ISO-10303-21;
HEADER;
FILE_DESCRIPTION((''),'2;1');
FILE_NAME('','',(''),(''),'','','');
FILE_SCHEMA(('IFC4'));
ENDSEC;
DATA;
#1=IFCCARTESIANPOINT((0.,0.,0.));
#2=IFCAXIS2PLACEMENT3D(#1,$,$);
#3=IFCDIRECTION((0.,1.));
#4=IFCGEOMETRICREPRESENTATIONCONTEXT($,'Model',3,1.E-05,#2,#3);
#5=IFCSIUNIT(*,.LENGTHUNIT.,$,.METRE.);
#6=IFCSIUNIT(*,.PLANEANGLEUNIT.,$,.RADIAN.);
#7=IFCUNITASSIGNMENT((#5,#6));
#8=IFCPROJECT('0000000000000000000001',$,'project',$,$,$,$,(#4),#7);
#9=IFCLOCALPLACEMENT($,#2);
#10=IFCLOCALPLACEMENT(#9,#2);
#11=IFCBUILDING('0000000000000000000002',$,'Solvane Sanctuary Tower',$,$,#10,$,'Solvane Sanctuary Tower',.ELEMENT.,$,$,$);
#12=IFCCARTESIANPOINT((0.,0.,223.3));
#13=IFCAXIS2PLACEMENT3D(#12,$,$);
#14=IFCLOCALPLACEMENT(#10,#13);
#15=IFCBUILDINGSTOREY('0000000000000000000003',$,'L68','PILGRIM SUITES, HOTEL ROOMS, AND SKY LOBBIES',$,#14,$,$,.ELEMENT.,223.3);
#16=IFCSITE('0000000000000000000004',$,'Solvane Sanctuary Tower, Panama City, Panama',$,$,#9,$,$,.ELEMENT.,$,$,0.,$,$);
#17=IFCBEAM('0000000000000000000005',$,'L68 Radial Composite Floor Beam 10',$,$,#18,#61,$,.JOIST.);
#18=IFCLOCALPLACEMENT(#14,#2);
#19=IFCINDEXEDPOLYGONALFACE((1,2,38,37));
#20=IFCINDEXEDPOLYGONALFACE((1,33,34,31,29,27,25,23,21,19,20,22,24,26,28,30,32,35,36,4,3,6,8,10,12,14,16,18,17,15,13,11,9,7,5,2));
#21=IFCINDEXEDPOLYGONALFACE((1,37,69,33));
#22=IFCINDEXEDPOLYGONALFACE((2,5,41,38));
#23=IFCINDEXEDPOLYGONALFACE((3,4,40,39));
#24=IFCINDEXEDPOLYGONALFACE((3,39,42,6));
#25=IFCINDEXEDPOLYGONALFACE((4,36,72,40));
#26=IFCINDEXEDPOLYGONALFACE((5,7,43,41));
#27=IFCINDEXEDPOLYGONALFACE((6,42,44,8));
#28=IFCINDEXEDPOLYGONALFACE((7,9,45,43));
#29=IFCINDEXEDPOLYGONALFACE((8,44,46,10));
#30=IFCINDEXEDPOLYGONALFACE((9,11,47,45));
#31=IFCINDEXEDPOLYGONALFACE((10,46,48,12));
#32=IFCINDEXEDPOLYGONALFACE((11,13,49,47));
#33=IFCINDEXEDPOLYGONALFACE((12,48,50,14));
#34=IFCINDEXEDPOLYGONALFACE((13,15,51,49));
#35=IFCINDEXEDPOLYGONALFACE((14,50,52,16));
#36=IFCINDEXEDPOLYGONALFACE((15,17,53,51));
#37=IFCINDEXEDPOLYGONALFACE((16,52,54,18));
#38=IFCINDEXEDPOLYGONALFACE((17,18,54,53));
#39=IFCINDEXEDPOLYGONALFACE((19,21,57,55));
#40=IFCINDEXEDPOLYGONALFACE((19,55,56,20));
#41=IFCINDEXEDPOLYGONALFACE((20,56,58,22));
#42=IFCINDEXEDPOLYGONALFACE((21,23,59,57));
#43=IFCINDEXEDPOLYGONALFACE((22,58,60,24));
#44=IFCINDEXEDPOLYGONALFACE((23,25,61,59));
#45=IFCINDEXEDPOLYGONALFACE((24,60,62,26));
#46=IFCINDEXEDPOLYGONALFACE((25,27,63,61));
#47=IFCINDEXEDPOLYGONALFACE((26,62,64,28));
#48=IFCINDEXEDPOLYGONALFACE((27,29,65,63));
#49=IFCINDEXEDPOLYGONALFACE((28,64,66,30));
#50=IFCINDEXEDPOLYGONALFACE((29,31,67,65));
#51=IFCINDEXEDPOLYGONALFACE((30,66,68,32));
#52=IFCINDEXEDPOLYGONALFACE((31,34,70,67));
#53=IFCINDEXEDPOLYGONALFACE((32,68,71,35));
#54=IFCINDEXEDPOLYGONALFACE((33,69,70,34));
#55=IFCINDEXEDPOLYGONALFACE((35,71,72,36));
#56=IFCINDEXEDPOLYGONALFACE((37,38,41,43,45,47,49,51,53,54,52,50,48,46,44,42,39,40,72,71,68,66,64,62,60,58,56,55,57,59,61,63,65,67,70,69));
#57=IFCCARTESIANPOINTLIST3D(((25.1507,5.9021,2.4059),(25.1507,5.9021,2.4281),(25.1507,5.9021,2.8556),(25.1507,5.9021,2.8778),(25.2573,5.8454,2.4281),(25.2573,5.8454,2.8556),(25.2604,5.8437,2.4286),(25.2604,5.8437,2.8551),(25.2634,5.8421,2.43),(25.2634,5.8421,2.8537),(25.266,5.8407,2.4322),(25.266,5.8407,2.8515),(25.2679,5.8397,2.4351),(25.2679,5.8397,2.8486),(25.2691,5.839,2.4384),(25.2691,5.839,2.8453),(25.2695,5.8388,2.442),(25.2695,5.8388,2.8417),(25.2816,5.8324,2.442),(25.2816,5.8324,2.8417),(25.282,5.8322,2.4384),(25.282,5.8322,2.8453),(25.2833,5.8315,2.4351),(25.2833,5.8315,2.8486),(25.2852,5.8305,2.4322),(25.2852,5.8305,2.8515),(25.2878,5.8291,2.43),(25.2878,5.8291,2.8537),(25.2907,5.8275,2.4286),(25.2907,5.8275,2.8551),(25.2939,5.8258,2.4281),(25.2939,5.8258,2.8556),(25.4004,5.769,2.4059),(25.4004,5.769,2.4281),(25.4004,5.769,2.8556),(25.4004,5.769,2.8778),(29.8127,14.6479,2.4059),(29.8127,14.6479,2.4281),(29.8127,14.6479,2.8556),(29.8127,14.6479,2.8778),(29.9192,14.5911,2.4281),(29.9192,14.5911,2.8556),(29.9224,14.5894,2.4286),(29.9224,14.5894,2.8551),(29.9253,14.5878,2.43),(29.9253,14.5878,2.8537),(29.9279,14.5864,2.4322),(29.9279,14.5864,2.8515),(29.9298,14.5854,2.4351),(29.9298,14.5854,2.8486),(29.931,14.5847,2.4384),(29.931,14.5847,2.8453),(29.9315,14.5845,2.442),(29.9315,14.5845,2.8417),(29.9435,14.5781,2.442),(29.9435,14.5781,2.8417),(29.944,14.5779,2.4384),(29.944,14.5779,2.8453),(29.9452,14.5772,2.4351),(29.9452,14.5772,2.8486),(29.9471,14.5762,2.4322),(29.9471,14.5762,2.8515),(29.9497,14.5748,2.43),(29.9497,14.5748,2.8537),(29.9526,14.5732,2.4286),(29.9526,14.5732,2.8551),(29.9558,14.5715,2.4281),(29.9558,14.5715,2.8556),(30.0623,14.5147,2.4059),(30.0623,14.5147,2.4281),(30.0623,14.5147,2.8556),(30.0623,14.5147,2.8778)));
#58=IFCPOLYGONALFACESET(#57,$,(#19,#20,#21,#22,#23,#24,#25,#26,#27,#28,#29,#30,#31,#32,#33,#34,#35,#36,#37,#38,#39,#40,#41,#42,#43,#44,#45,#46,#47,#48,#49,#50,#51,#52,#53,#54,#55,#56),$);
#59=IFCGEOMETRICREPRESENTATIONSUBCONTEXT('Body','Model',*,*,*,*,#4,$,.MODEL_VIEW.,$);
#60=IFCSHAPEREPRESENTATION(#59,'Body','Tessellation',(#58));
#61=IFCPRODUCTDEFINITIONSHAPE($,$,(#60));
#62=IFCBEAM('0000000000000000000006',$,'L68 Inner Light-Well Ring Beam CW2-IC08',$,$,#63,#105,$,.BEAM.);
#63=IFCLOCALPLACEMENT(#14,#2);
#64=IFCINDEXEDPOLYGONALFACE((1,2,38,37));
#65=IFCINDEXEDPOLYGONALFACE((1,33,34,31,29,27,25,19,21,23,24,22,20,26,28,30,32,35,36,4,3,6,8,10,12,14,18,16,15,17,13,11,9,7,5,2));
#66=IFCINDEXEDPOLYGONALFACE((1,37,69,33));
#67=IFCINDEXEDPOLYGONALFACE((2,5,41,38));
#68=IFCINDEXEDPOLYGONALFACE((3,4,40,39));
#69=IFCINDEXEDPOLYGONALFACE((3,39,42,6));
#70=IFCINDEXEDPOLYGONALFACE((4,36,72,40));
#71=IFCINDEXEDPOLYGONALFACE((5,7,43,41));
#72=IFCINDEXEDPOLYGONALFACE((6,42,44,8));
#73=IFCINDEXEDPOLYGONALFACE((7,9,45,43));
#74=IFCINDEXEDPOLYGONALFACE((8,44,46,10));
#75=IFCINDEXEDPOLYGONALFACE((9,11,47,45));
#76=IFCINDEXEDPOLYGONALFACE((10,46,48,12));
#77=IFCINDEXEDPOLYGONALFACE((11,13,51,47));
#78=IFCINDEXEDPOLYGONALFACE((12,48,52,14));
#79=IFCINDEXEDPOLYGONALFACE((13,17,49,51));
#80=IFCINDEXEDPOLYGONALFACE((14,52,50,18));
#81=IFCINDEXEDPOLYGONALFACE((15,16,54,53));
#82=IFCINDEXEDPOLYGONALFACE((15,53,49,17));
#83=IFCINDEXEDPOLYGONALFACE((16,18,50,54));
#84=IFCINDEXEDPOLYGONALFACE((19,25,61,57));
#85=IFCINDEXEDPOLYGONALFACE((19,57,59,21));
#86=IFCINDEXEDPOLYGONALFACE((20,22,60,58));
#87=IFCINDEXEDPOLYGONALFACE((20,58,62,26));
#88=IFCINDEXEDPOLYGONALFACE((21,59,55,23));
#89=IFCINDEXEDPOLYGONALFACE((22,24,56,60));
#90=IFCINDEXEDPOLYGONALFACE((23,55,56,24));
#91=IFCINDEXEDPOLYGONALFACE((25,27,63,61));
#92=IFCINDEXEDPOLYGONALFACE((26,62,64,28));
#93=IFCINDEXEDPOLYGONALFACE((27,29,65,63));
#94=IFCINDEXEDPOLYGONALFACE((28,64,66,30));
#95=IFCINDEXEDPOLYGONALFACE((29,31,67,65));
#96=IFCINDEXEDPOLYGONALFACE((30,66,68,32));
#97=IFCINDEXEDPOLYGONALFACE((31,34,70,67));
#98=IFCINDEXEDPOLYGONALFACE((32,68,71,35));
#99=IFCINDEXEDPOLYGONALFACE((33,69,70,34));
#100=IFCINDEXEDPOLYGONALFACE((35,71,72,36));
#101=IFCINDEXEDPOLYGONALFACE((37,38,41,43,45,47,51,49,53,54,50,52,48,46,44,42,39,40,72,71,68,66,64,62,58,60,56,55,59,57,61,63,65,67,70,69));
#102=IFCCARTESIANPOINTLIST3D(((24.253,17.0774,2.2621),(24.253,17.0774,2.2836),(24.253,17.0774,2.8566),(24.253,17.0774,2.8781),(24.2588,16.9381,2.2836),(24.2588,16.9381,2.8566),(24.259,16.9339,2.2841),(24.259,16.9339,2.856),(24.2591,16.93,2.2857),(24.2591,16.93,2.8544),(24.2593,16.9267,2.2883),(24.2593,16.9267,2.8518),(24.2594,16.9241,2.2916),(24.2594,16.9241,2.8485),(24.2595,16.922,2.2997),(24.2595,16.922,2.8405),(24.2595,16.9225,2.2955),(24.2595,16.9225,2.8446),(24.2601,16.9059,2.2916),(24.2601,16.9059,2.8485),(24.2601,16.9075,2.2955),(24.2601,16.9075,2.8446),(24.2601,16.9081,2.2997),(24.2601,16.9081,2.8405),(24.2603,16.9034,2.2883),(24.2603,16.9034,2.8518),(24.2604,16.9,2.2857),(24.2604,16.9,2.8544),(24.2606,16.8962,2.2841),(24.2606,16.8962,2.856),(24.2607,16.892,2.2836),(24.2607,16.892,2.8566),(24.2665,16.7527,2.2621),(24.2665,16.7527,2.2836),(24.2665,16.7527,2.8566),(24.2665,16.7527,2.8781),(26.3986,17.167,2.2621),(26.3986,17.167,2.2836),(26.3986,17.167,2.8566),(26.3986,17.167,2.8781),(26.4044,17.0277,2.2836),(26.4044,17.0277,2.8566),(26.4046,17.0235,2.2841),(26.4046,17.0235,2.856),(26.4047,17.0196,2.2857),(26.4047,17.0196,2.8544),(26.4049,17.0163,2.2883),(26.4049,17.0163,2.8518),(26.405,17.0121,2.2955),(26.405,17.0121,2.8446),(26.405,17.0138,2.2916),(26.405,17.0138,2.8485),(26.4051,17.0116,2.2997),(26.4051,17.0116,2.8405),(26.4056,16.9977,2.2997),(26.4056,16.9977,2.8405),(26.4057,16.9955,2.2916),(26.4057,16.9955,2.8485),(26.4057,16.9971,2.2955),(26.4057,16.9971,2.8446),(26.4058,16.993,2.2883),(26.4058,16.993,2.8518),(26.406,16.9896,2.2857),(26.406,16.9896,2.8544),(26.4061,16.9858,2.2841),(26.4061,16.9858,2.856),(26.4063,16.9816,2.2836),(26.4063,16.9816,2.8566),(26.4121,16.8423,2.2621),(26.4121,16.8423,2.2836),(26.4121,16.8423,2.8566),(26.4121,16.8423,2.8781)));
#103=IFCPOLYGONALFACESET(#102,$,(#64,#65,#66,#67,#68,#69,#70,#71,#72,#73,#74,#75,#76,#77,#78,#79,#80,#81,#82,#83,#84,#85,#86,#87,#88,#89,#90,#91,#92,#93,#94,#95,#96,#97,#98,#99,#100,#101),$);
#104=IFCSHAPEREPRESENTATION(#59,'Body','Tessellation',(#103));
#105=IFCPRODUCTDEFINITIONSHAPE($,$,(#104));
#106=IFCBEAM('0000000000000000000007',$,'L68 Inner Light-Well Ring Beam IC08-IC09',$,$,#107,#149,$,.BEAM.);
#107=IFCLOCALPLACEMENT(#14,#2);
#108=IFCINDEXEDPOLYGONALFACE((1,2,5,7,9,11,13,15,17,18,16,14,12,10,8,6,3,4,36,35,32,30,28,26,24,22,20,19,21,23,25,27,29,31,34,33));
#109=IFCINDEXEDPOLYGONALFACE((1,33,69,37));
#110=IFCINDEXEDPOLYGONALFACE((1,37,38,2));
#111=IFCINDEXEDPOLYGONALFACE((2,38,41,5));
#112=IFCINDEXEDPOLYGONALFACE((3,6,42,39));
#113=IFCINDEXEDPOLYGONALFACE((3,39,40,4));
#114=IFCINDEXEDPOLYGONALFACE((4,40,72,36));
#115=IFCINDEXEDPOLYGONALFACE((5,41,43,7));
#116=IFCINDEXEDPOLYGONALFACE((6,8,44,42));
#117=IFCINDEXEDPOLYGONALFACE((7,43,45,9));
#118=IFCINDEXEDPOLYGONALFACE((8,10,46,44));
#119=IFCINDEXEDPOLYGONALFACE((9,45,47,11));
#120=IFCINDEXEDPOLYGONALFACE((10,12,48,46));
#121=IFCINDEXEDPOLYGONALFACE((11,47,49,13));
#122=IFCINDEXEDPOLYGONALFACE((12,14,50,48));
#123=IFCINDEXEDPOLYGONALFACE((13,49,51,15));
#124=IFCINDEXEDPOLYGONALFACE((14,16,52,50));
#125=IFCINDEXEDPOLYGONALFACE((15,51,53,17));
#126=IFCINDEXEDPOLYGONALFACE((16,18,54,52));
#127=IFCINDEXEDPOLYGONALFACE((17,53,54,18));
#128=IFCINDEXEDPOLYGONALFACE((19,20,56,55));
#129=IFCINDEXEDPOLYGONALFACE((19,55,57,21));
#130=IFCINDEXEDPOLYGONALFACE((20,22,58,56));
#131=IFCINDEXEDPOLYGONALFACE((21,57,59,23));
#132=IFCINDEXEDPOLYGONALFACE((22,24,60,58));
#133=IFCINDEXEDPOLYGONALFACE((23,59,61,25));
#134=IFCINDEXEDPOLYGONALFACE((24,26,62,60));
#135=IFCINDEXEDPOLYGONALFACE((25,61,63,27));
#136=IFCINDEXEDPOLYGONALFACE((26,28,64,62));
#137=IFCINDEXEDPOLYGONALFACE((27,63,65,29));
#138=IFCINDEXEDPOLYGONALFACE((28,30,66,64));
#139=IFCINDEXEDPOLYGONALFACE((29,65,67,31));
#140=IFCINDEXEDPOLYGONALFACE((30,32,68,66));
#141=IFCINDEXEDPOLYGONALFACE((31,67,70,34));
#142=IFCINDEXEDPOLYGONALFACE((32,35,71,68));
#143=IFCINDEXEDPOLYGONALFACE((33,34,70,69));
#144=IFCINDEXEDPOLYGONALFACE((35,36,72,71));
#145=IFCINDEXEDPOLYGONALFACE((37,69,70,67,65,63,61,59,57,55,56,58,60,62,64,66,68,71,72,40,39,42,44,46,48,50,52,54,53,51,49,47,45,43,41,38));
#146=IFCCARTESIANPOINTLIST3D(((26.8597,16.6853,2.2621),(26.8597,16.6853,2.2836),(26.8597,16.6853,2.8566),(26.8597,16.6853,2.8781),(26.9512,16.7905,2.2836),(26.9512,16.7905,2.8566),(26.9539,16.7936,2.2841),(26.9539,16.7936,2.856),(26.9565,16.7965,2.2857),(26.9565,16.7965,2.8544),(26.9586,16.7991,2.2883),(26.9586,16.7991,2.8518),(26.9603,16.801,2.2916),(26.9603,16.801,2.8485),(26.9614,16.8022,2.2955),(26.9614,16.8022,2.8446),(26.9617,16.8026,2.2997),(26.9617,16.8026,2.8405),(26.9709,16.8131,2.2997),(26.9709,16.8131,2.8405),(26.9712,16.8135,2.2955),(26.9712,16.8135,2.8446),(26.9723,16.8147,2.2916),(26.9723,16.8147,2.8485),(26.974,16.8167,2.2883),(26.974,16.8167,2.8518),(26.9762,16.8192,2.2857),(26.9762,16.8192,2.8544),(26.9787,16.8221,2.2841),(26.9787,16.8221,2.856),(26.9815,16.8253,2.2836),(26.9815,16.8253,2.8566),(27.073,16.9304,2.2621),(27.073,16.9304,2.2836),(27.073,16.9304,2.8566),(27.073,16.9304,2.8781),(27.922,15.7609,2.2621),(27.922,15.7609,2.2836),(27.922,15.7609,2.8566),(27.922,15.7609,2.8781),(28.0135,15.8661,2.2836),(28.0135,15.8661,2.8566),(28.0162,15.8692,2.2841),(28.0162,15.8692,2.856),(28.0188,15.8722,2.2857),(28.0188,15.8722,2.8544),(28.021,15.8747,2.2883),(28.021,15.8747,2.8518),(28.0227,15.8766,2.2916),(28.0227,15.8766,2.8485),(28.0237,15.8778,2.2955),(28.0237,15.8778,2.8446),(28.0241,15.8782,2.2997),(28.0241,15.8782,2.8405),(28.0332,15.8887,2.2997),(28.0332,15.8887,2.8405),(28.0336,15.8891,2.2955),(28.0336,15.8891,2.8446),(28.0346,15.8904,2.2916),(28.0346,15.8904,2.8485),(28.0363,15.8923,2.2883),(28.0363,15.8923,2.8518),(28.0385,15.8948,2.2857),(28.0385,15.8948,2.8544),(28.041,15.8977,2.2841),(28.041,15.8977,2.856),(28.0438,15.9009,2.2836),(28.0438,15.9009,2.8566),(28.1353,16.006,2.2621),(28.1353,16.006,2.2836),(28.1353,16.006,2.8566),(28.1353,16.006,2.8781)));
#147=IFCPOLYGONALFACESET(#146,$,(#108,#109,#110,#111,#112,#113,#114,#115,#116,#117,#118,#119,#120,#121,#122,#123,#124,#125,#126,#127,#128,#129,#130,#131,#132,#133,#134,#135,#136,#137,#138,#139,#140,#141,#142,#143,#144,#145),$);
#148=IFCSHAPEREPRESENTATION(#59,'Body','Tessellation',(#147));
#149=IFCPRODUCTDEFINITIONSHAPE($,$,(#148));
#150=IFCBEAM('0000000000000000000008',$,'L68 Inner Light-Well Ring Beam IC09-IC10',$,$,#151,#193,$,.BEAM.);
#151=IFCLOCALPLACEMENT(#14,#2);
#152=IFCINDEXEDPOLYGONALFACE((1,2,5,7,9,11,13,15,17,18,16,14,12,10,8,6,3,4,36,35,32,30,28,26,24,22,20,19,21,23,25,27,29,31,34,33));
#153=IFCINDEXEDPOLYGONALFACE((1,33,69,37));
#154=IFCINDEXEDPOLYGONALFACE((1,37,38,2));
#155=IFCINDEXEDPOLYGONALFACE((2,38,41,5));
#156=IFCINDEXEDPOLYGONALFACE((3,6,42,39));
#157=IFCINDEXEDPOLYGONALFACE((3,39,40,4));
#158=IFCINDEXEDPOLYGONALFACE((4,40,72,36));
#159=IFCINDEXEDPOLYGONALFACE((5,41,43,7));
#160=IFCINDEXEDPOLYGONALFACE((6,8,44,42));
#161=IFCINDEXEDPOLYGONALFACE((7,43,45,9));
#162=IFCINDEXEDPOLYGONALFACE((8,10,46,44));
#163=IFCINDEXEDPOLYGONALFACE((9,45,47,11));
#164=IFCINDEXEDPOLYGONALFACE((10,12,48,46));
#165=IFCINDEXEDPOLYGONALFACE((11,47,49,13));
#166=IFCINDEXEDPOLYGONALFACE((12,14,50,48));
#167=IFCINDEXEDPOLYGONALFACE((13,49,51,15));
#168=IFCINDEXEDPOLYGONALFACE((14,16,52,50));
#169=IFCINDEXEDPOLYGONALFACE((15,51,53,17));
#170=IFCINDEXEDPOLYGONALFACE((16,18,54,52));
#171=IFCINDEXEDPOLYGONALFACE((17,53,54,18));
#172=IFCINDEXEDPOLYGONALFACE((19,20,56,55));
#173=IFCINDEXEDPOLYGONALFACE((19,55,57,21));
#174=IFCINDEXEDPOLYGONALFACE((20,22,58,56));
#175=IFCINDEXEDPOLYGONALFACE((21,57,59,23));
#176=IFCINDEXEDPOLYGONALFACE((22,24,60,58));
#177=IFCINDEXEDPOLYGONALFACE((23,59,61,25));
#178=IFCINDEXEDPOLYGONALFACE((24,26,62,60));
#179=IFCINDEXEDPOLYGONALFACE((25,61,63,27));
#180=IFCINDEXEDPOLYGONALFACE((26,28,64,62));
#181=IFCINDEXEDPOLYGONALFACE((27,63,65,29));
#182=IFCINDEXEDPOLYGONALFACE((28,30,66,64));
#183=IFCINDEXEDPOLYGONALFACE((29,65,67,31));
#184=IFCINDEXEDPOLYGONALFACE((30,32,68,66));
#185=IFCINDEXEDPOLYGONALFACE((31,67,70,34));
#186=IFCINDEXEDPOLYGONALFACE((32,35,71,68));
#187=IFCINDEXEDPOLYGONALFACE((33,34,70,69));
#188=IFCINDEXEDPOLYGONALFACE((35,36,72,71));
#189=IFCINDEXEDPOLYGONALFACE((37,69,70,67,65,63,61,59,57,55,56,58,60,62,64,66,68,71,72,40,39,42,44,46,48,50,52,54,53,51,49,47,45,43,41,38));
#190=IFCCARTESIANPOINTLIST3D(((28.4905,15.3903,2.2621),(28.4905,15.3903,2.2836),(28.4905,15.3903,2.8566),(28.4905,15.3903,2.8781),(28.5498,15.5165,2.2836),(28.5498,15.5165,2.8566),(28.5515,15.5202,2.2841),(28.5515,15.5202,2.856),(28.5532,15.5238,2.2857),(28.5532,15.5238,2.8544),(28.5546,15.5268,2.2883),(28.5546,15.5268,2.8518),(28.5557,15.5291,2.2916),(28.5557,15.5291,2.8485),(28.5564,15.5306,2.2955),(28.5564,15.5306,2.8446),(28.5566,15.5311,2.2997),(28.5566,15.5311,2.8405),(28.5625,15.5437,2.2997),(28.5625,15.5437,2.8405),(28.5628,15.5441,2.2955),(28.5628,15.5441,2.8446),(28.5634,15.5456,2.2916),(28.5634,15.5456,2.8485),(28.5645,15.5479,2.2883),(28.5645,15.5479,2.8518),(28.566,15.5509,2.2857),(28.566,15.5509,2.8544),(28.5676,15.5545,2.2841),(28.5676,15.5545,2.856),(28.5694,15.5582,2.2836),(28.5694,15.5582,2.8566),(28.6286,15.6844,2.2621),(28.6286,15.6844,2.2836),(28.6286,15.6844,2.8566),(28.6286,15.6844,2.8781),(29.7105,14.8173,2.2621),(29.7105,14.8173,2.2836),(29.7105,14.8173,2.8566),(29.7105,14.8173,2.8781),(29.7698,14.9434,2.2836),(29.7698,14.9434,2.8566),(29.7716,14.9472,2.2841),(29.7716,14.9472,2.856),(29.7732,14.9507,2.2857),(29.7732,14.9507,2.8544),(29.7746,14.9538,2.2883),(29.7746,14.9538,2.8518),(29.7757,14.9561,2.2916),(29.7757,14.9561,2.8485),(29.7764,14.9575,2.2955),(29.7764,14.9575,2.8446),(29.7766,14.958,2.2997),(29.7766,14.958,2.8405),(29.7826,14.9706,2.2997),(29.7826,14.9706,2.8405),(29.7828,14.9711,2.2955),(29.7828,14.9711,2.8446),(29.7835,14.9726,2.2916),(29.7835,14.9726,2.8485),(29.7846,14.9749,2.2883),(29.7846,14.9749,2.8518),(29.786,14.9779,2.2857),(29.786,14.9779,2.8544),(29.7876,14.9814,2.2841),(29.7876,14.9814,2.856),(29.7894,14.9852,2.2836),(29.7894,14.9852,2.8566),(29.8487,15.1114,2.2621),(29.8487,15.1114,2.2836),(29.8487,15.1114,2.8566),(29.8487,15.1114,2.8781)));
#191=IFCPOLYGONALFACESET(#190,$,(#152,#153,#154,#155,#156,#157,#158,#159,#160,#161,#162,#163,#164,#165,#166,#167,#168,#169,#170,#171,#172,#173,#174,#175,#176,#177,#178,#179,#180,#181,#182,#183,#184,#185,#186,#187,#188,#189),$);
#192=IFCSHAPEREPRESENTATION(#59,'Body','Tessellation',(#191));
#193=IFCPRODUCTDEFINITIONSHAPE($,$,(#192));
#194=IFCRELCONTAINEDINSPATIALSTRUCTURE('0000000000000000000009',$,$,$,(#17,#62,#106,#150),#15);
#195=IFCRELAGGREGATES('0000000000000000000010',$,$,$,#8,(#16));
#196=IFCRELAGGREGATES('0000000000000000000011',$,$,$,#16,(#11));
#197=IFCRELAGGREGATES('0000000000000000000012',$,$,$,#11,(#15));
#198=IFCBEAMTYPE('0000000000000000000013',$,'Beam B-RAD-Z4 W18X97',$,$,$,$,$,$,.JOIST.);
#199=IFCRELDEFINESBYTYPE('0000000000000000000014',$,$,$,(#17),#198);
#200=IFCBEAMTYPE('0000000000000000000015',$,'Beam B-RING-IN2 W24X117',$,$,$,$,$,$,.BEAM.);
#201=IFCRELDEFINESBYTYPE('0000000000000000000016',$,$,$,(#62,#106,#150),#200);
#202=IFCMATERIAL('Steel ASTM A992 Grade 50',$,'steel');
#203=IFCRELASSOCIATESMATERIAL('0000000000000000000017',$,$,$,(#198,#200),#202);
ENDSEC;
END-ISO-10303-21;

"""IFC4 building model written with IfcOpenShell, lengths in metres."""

from ifc_helpers import new_model, si_unit, direction, frame, origin, origin_2d, place, context, subcontext, project, spatial, i_section, extrude, material, material_profile, profile_set, type_object, element, save


model = new_model("IFC4")

# Units and contexts
model_context = context("Model", 3, precision=1e-05, world=origin(), true_north=direction((0.0, 1.0)))
body_context = subcontext(model_context, "Body", "Model", "MODEL_VIEW")
ifc_project = project(units=[si_unit("LENGTHUNIT", "METRE"), si_unit("PLANEANGLEUNIT", "RADIAN")], contexts=[model_context])

# Site, building, storey
site_placement = place(None, origin())
site = spatial("IfcSite", under=ifc_project, at=site_placement, Name="Solvane Sanctuary Tower, Panama City, Panama", CompositionType="ELEMENT", RefElevation=0.0)
building_placement = place(site_placement, origin())
building = spatial("IfcBuilding", under=site, at=building_placement, Name="Solvane Sanctuary Tower", LongName="Solvane Sanctuary Tower", CompositionType="ELEMENT")
storey_placement = place(building_placement, frame((0.0, 0.0, 223.3)))
storey = spatial("IfcBuildingStorey", under=building, at=storey_placement, Name="L68", Description="PILGRIM SUITES, HOTEL ROOMS, AND SKY LOBBIES", CompositionType="ELEMENT", Elevation=223.3)

# Beams
ifc_material_1 = material(Name="Steel ASTM A992 Grade 50", Category="steel")
ifc_material_profile_1 = material_profile(ifc_material_1, i_section(OverallWidth=0.283, OverallDepth=0.4719, WebThickness=0.0137, FlangeThickness=0.0222, FilletRadius=0.0139, at=origin_2d()), Name="W18X97")
ifc_profile_set_1 = profile_set([ifc_material_profile_1], Name="Steel ASTM A992 Grade 50")
beam_type_1 = type_object("IfcBeamType", Name="Beam B-RAD-Z4 W18X97", PredefinedType="JOIST", material=ifc_profile_set_1)
beam_1_placement = place(storey_placement, frame((29.9375, 14.5813, 2.6418), z_axis=(-0.470395, -0.882456, 0.0), x_axis=(0.882456, -0.470395, 0.0)))
element("IfcBeam", 1, at=beam_1_placement, inside=storey, type_object=beam_type_1, Name="L68 Radial Composite Floor Beam 10", PredefinedType="JOIST", context=body_context, shape_type="SweptSolid", body=[
    extrude(i_section(OverallWidth=0.283, OverallDepth=0.4719, WebThickness=0.0137, FlangeThickness=0.0222, FilletRadius=0.0139, at=origin_2d()), origin(), (0.0, 0.0, 1.0), 9.9106),
])
ifc_material_profile_2 = material_profile(ifc_material_1, i_section(OverallWidth=0.325, OverallDepth=0.616, WebThickness=0.0139, FlangeThickness=0.0215, FilletRadius=0.0161, at=origin_2d()), Name="W24X117")
ifc_profile_set_2 = profile_set([ifc_material_profile_2], Name="Steel ASTM A992 Grade 50")
beam_type_2 = type_object("IfcBeamType", Name="Beam B-RING-IN2 W24X117", PredefinedType="BEAM", material=ifc_profile_set_2)
beam_2_placement = place(storey_placement, frame((24.2598, 16.915, 2.5701), z_axis=(0.999129, 0.041725, 0.0), x_axis=(-0.041725, 0.999129, 0.0)))
element("IfcBeam", 2, at=beam_2_placement, inside=storey, type_object=beam_type_2, Name="L68 Inner Light-Well Ring Beam CW2-IC08", PredefinedType="BEAM", context=body_context, shape_type="SweptSolid", body=[
    extrude(i_section(OverallWidth=0.325, OverallDepth=0.616, WebThickness=0.0139, FlangeThickness=0.0215, FilletRadius=0.0161, at=origin_2d()), origin(), (0.0, 0.0, 1.0), 2.1475),
])
beam_3_placement = place(storey_placement, frame((26.9663, 16.8079, 2.5701), z_axis=(0.754389, -0.656428, 0.0), x_axis=(0.656428, 0.754389, 0.0)))
element("IfcBeam", 3, at=beam_3_placement, inside=storey, type_object=beam_type_2, Name="L68 Inner Light-Well Ring Beam IC08-IC09", PredefinedType="BEAM", context=body_context, shape_type="SweptSolid", body=[
    extrude(i_section(OverallWidth=0.325, OverallDepth=0.616, WebThickness=0.0139, FlangeThickness=0.0215, FilletRadius=0.0161, at=origin_2d()), origin(), (0.0, 0.0, 1.0), 1.4082),
])
beam_4_placement = place(storey_placement, frame((28.5596, 15.5374, 2.5701), z_axis=(0.905135, -0.425125, 0.0), x_axis=(0.425125, 0.905135, 0.0)))
element("IfcBeam", 4, at=beam_4_placement, inside=storey, type_object=beam_type_2, Name="L68 Inner Light-Well Ring Beam IC09-IC10", PredefinedType="BEAM", context=body_context, shape_type="SweptSolid", body=[
    extrude(i_section(OverallWidth=0.325, OverallDepth=0.616, WebThickness=0.0139, FlangeThickness=0.0215, FilletRadius=0.0161, at=origin_2d()), origin(), (0.0, 0.0, 1.0), 1.3479),
])

save(model, "model.ifc")
